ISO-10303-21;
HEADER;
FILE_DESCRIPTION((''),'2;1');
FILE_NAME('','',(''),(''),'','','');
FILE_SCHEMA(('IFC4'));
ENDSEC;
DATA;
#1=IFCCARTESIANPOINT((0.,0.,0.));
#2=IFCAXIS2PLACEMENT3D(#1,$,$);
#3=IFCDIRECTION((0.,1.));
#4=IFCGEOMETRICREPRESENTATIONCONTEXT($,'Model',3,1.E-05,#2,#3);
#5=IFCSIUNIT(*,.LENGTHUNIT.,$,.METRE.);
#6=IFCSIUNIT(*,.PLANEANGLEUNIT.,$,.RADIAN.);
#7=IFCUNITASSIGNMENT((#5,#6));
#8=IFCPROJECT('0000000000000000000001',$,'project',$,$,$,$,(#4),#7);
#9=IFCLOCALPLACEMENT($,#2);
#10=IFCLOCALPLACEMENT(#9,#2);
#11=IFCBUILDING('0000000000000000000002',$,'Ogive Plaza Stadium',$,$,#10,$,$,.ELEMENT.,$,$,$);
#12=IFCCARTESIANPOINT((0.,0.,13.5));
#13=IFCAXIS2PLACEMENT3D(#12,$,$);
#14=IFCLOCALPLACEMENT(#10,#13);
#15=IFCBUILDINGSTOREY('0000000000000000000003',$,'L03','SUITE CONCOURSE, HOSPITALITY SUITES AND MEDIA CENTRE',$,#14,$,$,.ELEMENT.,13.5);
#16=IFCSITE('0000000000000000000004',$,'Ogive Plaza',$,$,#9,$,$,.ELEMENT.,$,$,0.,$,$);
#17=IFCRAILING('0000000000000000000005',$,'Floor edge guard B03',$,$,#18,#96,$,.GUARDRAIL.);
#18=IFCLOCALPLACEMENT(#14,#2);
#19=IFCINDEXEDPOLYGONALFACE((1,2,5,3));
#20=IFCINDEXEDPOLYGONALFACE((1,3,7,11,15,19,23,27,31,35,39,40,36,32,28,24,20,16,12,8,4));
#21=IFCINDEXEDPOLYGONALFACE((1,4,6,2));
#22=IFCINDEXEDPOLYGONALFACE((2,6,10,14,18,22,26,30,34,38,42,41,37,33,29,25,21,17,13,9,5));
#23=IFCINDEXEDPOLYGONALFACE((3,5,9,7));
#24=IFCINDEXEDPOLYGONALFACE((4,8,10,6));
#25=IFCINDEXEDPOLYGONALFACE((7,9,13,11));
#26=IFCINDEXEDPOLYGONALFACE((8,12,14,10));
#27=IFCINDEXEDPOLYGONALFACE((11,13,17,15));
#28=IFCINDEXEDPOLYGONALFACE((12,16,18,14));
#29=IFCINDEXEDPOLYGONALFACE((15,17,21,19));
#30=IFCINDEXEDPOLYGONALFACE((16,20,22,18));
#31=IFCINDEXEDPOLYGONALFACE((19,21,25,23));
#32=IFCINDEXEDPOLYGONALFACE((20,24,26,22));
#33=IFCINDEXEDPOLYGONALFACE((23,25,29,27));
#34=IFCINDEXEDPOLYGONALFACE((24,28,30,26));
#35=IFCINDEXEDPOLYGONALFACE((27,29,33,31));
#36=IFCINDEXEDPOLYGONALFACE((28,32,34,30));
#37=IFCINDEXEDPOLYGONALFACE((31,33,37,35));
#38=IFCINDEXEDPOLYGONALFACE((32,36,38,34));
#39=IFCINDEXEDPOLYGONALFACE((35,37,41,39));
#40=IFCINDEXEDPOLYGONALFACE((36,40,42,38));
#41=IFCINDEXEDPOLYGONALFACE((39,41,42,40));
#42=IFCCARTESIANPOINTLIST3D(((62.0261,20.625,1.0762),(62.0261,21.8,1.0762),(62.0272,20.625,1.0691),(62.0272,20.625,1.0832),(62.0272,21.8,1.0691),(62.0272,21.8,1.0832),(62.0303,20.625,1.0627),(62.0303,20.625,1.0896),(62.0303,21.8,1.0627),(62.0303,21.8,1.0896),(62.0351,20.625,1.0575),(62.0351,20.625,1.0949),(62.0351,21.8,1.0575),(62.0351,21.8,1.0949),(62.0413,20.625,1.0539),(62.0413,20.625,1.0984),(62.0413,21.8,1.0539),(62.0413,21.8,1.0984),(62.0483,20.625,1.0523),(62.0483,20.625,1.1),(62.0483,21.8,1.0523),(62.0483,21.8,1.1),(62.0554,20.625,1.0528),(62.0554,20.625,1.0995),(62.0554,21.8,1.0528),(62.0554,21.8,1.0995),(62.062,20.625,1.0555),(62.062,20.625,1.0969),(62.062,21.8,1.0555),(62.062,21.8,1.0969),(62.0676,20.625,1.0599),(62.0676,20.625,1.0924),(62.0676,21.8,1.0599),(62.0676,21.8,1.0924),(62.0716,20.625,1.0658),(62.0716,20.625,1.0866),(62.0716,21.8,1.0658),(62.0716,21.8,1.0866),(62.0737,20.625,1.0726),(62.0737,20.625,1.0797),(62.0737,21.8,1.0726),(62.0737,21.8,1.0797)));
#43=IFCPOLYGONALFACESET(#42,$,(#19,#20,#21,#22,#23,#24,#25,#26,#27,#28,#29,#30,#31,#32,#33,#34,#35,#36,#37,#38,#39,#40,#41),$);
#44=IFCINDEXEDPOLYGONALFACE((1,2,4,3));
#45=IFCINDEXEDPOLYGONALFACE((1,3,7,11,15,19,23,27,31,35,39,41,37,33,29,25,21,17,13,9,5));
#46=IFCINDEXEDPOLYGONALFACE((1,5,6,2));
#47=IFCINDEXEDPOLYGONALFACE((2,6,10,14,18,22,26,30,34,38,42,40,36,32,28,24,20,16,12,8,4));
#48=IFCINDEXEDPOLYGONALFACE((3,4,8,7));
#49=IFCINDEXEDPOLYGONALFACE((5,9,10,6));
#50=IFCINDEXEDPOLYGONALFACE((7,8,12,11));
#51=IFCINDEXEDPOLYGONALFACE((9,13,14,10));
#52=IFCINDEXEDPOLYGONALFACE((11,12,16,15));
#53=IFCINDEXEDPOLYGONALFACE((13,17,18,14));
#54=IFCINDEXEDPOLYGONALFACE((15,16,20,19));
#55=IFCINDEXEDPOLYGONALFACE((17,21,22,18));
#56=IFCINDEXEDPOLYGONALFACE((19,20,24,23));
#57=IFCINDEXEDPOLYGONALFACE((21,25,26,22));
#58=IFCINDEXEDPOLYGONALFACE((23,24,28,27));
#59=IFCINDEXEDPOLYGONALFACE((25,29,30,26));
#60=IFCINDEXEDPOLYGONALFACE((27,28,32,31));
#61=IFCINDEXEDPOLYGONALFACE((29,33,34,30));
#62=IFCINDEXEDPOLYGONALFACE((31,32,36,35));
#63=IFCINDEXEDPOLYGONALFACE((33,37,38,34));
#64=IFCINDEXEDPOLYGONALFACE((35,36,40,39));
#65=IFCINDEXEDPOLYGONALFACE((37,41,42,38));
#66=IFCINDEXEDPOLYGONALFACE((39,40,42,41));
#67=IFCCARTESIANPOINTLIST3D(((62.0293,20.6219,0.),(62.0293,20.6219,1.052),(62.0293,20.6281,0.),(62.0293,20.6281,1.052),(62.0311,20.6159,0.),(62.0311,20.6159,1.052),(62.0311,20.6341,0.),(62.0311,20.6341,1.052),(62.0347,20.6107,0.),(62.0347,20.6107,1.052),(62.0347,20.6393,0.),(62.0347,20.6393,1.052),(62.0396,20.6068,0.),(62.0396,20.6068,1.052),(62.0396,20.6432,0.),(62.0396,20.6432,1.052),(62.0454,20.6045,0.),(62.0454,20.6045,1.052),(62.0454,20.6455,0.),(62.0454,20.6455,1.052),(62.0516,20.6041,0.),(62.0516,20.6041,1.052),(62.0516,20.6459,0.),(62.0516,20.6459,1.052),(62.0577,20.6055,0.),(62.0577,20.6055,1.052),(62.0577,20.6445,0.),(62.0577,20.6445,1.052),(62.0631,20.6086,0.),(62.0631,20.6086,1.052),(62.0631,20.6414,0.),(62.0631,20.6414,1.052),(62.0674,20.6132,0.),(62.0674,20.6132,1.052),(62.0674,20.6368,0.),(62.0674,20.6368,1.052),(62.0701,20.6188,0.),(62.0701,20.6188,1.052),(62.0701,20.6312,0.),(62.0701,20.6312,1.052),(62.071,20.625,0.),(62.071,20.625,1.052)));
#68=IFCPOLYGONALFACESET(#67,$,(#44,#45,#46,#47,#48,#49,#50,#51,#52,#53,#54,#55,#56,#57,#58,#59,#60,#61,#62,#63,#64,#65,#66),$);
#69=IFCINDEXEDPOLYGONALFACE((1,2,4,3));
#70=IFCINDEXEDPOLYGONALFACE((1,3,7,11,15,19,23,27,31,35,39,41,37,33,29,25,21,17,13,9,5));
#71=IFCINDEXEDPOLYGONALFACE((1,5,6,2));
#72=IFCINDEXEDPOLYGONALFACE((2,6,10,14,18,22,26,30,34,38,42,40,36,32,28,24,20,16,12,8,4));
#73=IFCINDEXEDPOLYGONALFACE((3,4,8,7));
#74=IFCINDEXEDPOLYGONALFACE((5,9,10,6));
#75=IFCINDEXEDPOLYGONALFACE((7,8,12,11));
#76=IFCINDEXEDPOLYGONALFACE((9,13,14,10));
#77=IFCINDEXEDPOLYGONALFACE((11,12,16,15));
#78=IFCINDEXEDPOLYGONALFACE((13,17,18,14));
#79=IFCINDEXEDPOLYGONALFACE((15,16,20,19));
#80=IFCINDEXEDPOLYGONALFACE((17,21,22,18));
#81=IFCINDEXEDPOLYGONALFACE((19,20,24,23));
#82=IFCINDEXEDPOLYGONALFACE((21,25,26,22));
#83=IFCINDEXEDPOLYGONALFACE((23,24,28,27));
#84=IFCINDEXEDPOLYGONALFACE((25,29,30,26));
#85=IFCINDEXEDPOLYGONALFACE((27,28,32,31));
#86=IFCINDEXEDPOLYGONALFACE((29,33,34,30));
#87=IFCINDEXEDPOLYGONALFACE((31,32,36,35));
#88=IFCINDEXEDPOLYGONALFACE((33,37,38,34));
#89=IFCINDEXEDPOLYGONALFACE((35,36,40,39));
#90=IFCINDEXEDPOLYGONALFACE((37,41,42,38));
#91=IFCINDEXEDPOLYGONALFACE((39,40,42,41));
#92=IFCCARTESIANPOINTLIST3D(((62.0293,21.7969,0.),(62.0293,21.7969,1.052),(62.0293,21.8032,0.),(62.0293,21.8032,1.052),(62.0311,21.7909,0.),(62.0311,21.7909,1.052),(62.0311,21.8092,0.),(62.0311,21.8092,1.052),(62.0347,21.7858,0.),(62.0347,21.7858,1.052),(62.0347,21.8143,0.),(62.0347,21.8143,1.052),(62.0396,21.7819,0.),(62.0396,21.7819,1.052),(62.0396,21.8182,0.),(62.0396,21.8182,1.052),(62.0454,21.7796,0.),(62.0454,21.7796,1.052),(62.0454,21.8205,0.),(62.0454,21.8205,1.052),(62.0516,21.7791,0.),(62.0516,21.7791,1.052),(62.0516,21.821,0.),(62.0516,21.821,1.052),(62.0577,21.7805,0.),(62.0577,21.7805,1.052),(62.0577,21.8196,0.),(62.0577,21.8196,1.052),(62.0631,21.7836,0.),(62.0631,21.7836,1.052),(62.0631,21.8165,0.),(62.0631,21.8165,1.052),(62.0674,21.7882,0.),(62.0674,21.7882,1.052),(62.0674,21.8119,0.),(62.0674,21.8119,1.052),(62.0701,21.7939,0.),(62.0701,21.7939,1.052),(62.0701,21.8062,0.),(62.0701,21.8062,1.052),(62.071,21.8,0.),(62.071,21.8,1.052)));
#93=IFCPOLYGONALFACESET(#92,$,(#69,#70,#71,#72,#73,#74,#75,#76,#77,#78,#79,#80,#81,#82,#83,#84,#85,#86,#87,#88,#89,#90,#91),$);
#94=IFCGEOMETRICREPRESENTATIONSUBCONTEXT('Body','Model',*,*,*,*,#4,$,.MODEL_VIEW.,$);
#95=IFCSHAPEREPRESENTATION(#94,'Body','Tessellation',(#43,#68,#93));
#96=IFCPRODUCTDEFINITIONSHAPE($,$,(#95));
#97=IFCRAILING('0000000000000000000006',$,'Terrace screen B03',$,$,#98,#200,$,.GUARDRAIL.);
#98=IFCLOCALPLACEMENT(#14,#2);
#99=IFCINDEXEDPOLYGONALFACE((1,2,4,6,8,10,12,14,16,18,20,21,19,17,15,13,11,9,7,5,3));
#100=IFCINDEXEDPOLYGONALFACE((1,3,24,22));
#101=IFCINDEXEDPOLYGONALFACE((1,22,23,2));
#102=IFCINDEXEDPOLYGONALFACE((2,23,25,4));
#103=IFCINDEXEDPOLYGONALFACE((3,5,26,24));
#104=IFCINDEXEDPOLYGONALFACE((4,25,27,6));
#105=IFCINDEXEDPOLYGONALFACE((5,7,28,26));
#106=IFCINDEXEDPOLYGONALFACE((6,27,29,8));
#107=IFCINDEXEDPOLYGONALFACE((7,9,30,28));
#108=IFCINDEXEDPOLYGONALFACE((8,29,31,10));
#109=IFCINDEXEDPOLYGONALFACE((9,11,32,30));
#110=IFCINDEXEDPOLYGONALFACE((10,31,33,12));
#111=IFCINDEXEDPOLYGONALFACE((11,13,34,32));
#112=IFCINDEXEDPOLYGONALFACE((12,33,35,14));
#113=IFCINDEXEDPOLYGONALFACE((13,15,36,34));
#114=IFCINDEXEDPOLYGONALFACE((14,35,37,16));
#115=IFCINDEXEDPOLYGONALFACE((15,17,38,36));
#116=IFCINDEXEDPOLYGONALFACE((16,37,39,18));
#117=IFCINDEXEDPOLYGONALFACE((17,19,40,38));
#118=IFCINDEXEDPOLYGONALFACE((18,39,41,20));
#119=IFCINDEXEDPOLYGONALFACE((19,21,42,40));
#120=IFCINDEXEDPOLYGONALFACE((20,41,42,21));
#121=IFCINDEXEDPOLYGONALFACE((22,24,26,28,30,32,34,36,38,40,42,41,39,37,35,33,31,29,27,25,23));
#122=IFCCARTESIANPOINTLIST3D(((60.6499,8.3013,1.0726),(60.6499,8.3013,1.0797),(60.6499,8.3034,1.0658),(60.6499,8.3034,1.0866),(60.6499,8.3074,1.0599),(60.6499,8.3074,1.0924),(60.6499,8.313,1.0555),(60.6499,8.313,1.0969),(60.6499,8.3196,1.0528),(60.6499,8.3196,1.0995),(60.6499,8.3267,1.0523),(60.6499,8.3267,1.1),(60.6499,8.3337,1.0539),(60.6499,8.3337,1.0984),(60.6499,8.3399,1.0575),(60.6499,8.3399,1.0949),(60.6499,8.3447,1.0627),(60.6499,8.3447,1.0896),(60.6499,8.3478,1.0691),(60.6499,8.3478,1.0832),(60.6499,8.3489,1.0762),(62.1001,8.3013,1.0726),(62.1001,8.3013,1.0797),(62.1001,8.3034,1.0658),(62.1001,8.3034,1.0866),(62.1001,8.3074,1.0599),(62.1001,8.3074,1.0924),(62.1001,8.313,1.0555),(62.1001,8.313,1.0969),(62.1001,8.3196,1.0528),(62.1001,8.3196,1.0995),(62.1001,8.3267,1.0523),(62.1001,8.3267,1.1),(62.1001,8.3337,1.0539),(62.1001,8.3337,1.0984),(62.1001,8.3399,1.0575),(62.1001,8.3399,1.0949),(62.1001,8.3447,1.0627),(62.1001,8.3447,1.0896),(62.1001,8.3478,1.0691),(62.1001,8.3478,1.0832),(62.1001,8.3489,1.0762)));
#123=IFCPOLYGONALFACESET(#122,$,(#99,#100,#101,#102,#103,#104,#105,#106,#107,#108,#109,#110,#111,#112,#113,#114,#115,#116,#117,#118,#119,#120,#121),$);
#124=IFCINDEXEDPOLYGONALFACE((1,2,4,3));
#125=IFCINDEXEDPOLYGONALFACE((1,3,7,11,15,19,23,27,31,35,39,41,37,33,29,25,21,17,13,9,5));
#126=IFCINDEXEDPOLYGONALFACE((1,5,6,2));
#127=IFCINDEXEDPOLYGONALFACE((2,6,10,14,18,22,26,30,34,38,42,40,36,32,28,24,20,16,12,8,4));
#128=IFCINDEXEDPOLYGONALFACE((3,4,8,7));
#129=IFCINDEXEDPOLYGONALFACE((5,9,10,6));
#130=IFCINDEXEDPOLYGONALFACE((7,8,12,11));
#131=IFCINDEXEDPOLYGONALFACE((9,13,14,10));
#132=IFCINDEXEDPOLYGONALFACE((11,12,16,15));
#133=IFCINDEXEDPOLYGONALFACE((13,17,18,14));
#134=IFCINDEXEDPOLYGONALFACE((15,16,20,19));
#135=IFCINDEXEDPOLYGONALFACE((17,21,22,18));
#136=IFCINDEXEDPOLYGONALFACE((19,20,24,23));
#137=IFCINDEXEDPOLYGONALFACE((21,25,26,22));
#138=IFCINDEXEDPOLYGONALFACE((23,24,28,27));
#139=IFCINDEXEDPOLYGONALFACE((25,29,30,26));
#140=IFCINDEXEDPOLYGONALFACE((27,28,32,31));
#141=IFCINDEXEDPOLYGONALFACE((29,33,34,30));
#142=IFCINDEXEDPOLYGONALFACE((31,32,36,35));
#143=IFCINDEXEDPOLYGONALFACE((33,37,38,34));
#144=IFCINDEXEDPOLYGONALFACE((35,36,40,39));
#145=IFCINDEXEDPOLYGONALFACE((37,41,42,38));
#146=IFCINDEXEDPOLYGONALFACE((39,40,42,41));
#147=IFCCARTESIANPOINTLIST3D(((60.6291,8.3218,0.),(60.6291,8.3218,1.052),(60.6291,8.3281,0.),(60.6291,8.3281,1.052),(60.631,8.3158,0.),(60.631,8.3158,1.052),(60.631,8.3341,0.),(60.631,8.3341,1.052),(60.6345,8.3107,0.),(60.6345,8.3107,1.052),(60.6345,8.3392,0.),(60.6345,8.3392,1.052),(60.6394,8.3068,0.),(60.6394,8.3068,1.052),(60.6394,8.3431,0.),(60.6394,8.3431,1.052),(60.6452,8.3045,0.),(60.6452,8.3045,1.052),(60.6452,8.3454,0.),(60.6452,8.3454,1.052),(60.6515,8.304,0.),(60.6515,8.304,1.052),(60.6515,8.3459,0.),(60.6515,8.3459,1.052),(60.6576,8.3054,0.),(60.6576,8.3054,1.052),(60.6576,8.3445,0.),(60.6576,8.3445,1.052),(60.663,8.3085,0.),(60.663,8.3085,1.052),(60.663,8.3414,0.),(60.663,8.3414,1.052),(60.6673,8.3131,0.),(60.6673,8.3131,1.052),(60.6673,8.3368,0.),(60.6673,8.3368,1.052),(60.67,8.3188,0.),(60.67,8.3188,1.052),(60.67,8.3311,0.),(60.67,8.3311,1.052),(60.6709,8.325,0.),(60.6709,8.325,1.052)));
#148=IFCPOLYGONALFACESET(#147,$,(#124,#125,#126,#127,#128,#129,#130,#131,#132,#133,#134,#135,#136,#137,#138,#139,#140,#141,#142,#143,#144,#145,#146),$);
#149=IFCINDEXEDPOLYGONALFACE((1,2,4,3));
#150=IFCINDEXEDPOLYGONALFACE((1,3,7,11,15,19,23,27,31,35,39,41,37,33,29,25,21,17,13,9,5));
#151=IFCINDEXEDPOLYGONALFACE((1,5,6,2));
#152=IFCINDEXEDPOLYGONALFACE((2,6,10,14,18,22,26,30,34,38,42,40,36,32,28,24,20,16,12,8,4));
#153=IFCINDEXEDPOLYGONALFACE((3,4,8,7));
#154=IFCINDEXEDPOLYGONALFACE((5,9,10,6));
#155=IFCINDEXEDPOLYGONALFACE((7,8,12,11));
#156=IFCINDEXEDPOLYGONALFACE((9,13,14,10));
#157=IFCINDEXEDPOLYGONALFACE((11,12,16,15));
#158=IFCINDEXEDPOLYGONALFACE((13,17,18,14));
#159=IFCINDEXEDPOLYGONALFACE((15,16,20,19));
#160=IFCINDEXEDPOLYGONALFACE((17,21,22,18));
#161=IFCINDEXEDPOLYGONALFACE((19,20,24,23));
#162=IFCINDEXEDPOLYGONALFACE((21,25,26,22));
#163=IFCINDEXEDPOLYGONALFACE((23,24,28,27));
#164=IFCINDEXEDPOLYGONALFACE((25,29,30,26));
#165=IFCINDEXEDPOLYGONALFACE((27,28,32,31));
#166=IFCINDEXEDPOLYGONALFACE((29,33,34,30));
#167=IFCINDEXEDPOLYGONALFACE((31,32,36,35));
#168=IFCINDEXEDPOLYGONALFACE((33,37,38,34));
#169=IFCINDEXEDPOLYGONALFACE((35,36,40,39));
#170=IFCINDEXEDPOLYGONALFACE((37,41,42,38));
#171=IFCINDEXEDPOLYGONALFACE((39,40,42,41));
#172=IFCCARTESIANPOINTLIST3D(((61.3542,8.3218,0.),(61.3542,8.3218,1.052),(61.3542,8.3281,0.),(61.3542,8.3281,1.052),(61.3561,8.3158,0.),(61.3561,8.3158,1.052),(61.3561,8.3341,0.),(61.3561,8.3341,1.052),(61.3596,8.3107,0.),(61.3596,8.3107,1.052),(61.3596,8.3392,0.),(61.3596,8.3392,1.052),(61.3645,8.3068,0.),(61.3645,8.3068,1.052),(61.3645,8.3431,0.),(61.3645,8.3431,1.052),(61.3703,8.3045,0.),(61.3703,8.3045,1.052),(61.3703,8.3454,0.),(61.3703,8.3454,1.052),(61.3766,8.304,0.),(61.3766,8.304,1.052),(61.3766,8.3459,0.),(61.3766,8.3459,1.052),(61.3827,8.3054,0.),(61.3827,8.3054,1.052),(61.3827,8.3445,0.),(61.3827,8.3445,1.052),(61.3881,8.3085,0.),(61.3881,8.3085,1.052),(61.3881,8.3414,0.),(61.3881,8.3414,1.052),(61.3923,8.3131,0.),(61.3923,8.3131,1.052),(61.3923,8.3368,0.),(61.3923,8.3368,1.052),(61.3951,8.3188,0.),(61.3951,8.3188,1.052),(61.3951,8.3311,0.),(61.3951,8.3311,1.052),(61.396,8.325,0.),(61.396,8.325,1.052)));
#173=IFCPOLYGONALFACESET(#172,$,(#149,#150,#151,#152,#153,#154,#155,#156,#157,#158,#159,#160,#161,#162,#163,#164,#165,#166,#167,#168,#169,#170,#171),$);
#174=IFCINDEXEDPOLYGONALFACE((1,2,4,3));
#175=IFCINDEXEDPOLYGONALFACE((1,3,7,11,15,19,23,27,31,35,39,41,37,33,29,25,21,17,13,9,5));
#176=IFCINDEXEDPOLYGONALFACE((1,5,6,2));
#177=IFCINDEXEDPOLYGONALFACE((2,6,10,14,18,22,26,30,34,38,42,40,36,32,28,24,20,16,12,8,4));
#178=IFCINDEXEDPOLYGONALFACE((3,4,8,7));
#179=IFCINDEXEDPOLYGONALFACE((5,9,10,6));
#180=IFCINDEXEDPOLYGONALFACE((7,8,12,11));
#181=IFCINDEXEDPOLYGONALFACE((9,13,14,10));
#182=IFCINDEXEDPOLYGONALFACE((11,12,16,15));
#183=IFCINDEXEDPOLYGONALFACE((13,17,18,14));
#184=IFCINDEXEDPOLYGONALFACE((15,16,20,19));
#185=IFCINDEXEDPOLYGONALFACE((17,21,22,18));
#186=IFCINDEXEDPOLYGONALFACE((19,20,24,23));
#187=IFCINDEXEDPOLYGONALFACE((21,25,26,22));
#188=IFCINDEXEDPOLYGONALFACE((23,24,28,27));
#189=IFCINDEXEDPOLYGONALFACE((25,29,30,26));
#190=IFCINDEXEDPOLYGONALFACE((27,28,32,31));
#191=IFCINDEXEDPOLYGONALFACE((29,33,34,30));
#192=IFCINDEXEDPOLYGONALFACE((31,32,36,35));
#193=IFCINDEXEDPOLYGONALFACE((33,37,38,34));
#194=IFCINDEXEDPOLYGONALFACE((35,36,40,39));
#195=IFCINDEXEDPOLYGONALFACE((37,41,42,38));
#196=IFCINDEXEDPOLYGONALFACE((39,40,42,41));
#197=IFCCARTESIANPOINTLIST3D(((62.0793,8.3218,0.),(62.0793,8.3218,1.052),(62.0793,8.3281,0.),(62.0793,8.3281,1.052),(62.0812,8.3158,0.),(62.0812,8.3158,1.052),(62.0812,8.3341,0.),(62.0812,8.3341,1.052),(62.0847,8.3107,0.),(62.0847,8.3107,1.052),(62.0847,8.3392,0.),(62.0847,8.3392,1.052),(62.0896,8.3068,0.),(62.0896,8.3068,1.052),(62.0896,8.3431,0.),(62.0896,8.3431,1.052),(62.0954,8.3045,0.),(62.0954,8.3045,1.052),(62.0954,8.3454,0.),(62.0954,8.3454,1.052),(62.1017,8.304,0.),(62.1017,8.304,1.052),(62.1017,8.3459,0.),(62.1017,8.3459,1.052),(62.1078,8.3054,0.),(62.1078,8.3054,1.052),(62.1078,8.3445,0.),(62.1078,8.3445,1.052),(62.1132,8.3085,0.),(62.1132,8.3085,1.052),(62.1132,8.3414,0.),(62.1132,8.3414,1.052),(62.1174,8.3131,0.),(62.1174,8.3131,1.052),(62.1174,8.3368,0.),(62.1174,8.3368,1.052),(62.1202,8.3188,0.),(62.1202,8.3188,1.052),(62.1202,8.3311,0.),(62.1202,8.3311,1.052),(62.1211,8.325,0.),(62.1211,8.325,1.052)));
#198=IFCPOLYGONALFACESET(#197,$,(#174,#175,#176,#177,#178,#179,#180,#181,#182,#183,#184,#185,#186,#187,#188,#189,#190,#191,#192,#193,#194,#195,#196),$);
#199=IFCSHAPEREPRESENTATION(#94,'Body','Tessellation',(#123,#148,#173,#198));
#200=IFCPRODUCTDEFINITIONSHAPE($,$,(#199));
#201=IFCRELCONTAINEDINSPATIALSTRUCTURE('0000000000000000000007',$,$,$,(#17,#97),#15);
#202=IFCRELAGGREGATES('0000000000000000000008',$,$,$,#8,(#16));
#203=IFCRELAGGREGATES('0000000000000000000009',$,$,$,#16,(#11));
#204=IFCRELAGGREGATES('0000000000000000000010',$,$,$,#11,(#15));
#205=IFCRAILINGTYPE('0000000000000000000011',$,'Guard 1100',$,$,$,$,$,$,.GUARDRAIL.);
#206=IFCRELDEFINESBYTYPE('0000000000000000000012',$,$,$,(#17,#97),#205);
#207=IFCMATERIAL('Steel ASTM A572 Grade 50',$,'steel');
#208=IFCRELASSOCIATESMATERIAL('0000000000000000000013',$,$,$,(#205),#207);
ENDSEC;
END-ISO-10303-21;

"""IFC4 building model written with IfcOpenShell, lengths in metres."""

from ifc_helpers import new_model, si_unit, direction, frame, origin, origin_2d, place, context, subcontext, project, spatial, circle, extrude, material, type_object, element, save


model = new_model("IFC4")

# Units and contexts
model_context = context("Model", 3, precision=1e-05, world=origin(), true_north=direction((0.0, 1.0)))
body_context = subcontext(model_context, "Body", "Model", "MODEL_VIEW")
ifc_project = project(units=[si_unit("LENGTHUNIT", "METRE"), si_unit("PLANEANGLEUNIT", "RADIAN")], contexts=[model_context])

# Site, building, storey
site_placement = place(None, origin())
site = spatial("IfcSite", under=ifc_project, at=site_placement, Name="Ogive Plaza", CompositionType="ELEMENT", RefElevation=0.0)
building_placement = place(site_placement, origin())
building = spatial("IfcBuilding", under=site, at=building_placement, Name="Ogive Plaza Stadium", CompositionType="ELEMENT")
storey_placement = place(building_placement, frame((0.0, 0.0, 13.5)))
storey = spatial("IfcBuildingStorey", under=building, at=storey_placement, Name="L03", Description="SUITE CONCOURSE, HOSPITALITY SUITES AND MEDIA CENTRE", CompositionType="ELEMENT", Elevation=13.5)

# Railings
ifc_material_1 = material(Name="Steel ASTM A572 Grade 50", Category="steel")
railing_type = type_object("IfcRailingType", Name="Guard 1100", PredefinedType="GUARDRAIL", material=ifc_material_1)
railing_1_placement = place(storey_placement, frame((62.05, 20.625, 0.0)))
element("IfcRailing", 1, at=railing_1_placement, inside=storey, type_object=railing_type, Name="Floor edge guard B03", PredefinedType="GUARDRAIL", context=body_context, shape_type="SweptSolid", body=[
    extrude(circle(Radius=0.0239, at=origin_2d()), frame((0.0, 0.0, 1.0762), z_axis=(0.0, 1.0, 0.0), x_axis=(-1.0, 0.0, 0.0)), (0.0, 0.0, 1.0), 1.175),
    extrude(circle(Radius=0.021, at=origin_2d()), origin(), (0.0, 0.0, 1.0), 1.052),
    extrude(circle(Radius=0.021, at=origin_2d()), frame((0.0, 1.175, 0.0)), (0.0, 0.0, 1.0), 1.052),
])
for number, where, name in (
    (2, (60.6499, 8.325, 0.0), "Terrace screen B03"),
):
    element("IfcRailing", number, at=place(storey_placement, frame(where)), inside=storey, type_object=railing_type, Name=name, PredefinedType="GUARDRAIL", context=body_context, shape_type="SweptSolid", body=[
        extrude(circle(Radius=0.0239, at=origin_2d()), frame((0.0, 0.0, 1.0762), z_axis=(1.0, 0.0, 0.0), x_axis=(0.0, 1.0, 0.0)), (0.0, 0.0, 1.0), 1.4502),
        extrude(circle(Radius=0.021, at=origin_2d()), origin(), (0.0, 0.0, 1.0), 1.052),
        extrude(circle(Radius=0.021, at=origin_2d()), frame((0.7251, 0.0, 0.0)), (0.0, 0.0, 1.0), 1.052),
        extrude(circle(Radius=0.021, at=origin_2d()), frame((1.4502, 0.0, 0.0)), (0.0, 0.0, 1.0), 1.052),
    ])

save(model, "model.ifc")
